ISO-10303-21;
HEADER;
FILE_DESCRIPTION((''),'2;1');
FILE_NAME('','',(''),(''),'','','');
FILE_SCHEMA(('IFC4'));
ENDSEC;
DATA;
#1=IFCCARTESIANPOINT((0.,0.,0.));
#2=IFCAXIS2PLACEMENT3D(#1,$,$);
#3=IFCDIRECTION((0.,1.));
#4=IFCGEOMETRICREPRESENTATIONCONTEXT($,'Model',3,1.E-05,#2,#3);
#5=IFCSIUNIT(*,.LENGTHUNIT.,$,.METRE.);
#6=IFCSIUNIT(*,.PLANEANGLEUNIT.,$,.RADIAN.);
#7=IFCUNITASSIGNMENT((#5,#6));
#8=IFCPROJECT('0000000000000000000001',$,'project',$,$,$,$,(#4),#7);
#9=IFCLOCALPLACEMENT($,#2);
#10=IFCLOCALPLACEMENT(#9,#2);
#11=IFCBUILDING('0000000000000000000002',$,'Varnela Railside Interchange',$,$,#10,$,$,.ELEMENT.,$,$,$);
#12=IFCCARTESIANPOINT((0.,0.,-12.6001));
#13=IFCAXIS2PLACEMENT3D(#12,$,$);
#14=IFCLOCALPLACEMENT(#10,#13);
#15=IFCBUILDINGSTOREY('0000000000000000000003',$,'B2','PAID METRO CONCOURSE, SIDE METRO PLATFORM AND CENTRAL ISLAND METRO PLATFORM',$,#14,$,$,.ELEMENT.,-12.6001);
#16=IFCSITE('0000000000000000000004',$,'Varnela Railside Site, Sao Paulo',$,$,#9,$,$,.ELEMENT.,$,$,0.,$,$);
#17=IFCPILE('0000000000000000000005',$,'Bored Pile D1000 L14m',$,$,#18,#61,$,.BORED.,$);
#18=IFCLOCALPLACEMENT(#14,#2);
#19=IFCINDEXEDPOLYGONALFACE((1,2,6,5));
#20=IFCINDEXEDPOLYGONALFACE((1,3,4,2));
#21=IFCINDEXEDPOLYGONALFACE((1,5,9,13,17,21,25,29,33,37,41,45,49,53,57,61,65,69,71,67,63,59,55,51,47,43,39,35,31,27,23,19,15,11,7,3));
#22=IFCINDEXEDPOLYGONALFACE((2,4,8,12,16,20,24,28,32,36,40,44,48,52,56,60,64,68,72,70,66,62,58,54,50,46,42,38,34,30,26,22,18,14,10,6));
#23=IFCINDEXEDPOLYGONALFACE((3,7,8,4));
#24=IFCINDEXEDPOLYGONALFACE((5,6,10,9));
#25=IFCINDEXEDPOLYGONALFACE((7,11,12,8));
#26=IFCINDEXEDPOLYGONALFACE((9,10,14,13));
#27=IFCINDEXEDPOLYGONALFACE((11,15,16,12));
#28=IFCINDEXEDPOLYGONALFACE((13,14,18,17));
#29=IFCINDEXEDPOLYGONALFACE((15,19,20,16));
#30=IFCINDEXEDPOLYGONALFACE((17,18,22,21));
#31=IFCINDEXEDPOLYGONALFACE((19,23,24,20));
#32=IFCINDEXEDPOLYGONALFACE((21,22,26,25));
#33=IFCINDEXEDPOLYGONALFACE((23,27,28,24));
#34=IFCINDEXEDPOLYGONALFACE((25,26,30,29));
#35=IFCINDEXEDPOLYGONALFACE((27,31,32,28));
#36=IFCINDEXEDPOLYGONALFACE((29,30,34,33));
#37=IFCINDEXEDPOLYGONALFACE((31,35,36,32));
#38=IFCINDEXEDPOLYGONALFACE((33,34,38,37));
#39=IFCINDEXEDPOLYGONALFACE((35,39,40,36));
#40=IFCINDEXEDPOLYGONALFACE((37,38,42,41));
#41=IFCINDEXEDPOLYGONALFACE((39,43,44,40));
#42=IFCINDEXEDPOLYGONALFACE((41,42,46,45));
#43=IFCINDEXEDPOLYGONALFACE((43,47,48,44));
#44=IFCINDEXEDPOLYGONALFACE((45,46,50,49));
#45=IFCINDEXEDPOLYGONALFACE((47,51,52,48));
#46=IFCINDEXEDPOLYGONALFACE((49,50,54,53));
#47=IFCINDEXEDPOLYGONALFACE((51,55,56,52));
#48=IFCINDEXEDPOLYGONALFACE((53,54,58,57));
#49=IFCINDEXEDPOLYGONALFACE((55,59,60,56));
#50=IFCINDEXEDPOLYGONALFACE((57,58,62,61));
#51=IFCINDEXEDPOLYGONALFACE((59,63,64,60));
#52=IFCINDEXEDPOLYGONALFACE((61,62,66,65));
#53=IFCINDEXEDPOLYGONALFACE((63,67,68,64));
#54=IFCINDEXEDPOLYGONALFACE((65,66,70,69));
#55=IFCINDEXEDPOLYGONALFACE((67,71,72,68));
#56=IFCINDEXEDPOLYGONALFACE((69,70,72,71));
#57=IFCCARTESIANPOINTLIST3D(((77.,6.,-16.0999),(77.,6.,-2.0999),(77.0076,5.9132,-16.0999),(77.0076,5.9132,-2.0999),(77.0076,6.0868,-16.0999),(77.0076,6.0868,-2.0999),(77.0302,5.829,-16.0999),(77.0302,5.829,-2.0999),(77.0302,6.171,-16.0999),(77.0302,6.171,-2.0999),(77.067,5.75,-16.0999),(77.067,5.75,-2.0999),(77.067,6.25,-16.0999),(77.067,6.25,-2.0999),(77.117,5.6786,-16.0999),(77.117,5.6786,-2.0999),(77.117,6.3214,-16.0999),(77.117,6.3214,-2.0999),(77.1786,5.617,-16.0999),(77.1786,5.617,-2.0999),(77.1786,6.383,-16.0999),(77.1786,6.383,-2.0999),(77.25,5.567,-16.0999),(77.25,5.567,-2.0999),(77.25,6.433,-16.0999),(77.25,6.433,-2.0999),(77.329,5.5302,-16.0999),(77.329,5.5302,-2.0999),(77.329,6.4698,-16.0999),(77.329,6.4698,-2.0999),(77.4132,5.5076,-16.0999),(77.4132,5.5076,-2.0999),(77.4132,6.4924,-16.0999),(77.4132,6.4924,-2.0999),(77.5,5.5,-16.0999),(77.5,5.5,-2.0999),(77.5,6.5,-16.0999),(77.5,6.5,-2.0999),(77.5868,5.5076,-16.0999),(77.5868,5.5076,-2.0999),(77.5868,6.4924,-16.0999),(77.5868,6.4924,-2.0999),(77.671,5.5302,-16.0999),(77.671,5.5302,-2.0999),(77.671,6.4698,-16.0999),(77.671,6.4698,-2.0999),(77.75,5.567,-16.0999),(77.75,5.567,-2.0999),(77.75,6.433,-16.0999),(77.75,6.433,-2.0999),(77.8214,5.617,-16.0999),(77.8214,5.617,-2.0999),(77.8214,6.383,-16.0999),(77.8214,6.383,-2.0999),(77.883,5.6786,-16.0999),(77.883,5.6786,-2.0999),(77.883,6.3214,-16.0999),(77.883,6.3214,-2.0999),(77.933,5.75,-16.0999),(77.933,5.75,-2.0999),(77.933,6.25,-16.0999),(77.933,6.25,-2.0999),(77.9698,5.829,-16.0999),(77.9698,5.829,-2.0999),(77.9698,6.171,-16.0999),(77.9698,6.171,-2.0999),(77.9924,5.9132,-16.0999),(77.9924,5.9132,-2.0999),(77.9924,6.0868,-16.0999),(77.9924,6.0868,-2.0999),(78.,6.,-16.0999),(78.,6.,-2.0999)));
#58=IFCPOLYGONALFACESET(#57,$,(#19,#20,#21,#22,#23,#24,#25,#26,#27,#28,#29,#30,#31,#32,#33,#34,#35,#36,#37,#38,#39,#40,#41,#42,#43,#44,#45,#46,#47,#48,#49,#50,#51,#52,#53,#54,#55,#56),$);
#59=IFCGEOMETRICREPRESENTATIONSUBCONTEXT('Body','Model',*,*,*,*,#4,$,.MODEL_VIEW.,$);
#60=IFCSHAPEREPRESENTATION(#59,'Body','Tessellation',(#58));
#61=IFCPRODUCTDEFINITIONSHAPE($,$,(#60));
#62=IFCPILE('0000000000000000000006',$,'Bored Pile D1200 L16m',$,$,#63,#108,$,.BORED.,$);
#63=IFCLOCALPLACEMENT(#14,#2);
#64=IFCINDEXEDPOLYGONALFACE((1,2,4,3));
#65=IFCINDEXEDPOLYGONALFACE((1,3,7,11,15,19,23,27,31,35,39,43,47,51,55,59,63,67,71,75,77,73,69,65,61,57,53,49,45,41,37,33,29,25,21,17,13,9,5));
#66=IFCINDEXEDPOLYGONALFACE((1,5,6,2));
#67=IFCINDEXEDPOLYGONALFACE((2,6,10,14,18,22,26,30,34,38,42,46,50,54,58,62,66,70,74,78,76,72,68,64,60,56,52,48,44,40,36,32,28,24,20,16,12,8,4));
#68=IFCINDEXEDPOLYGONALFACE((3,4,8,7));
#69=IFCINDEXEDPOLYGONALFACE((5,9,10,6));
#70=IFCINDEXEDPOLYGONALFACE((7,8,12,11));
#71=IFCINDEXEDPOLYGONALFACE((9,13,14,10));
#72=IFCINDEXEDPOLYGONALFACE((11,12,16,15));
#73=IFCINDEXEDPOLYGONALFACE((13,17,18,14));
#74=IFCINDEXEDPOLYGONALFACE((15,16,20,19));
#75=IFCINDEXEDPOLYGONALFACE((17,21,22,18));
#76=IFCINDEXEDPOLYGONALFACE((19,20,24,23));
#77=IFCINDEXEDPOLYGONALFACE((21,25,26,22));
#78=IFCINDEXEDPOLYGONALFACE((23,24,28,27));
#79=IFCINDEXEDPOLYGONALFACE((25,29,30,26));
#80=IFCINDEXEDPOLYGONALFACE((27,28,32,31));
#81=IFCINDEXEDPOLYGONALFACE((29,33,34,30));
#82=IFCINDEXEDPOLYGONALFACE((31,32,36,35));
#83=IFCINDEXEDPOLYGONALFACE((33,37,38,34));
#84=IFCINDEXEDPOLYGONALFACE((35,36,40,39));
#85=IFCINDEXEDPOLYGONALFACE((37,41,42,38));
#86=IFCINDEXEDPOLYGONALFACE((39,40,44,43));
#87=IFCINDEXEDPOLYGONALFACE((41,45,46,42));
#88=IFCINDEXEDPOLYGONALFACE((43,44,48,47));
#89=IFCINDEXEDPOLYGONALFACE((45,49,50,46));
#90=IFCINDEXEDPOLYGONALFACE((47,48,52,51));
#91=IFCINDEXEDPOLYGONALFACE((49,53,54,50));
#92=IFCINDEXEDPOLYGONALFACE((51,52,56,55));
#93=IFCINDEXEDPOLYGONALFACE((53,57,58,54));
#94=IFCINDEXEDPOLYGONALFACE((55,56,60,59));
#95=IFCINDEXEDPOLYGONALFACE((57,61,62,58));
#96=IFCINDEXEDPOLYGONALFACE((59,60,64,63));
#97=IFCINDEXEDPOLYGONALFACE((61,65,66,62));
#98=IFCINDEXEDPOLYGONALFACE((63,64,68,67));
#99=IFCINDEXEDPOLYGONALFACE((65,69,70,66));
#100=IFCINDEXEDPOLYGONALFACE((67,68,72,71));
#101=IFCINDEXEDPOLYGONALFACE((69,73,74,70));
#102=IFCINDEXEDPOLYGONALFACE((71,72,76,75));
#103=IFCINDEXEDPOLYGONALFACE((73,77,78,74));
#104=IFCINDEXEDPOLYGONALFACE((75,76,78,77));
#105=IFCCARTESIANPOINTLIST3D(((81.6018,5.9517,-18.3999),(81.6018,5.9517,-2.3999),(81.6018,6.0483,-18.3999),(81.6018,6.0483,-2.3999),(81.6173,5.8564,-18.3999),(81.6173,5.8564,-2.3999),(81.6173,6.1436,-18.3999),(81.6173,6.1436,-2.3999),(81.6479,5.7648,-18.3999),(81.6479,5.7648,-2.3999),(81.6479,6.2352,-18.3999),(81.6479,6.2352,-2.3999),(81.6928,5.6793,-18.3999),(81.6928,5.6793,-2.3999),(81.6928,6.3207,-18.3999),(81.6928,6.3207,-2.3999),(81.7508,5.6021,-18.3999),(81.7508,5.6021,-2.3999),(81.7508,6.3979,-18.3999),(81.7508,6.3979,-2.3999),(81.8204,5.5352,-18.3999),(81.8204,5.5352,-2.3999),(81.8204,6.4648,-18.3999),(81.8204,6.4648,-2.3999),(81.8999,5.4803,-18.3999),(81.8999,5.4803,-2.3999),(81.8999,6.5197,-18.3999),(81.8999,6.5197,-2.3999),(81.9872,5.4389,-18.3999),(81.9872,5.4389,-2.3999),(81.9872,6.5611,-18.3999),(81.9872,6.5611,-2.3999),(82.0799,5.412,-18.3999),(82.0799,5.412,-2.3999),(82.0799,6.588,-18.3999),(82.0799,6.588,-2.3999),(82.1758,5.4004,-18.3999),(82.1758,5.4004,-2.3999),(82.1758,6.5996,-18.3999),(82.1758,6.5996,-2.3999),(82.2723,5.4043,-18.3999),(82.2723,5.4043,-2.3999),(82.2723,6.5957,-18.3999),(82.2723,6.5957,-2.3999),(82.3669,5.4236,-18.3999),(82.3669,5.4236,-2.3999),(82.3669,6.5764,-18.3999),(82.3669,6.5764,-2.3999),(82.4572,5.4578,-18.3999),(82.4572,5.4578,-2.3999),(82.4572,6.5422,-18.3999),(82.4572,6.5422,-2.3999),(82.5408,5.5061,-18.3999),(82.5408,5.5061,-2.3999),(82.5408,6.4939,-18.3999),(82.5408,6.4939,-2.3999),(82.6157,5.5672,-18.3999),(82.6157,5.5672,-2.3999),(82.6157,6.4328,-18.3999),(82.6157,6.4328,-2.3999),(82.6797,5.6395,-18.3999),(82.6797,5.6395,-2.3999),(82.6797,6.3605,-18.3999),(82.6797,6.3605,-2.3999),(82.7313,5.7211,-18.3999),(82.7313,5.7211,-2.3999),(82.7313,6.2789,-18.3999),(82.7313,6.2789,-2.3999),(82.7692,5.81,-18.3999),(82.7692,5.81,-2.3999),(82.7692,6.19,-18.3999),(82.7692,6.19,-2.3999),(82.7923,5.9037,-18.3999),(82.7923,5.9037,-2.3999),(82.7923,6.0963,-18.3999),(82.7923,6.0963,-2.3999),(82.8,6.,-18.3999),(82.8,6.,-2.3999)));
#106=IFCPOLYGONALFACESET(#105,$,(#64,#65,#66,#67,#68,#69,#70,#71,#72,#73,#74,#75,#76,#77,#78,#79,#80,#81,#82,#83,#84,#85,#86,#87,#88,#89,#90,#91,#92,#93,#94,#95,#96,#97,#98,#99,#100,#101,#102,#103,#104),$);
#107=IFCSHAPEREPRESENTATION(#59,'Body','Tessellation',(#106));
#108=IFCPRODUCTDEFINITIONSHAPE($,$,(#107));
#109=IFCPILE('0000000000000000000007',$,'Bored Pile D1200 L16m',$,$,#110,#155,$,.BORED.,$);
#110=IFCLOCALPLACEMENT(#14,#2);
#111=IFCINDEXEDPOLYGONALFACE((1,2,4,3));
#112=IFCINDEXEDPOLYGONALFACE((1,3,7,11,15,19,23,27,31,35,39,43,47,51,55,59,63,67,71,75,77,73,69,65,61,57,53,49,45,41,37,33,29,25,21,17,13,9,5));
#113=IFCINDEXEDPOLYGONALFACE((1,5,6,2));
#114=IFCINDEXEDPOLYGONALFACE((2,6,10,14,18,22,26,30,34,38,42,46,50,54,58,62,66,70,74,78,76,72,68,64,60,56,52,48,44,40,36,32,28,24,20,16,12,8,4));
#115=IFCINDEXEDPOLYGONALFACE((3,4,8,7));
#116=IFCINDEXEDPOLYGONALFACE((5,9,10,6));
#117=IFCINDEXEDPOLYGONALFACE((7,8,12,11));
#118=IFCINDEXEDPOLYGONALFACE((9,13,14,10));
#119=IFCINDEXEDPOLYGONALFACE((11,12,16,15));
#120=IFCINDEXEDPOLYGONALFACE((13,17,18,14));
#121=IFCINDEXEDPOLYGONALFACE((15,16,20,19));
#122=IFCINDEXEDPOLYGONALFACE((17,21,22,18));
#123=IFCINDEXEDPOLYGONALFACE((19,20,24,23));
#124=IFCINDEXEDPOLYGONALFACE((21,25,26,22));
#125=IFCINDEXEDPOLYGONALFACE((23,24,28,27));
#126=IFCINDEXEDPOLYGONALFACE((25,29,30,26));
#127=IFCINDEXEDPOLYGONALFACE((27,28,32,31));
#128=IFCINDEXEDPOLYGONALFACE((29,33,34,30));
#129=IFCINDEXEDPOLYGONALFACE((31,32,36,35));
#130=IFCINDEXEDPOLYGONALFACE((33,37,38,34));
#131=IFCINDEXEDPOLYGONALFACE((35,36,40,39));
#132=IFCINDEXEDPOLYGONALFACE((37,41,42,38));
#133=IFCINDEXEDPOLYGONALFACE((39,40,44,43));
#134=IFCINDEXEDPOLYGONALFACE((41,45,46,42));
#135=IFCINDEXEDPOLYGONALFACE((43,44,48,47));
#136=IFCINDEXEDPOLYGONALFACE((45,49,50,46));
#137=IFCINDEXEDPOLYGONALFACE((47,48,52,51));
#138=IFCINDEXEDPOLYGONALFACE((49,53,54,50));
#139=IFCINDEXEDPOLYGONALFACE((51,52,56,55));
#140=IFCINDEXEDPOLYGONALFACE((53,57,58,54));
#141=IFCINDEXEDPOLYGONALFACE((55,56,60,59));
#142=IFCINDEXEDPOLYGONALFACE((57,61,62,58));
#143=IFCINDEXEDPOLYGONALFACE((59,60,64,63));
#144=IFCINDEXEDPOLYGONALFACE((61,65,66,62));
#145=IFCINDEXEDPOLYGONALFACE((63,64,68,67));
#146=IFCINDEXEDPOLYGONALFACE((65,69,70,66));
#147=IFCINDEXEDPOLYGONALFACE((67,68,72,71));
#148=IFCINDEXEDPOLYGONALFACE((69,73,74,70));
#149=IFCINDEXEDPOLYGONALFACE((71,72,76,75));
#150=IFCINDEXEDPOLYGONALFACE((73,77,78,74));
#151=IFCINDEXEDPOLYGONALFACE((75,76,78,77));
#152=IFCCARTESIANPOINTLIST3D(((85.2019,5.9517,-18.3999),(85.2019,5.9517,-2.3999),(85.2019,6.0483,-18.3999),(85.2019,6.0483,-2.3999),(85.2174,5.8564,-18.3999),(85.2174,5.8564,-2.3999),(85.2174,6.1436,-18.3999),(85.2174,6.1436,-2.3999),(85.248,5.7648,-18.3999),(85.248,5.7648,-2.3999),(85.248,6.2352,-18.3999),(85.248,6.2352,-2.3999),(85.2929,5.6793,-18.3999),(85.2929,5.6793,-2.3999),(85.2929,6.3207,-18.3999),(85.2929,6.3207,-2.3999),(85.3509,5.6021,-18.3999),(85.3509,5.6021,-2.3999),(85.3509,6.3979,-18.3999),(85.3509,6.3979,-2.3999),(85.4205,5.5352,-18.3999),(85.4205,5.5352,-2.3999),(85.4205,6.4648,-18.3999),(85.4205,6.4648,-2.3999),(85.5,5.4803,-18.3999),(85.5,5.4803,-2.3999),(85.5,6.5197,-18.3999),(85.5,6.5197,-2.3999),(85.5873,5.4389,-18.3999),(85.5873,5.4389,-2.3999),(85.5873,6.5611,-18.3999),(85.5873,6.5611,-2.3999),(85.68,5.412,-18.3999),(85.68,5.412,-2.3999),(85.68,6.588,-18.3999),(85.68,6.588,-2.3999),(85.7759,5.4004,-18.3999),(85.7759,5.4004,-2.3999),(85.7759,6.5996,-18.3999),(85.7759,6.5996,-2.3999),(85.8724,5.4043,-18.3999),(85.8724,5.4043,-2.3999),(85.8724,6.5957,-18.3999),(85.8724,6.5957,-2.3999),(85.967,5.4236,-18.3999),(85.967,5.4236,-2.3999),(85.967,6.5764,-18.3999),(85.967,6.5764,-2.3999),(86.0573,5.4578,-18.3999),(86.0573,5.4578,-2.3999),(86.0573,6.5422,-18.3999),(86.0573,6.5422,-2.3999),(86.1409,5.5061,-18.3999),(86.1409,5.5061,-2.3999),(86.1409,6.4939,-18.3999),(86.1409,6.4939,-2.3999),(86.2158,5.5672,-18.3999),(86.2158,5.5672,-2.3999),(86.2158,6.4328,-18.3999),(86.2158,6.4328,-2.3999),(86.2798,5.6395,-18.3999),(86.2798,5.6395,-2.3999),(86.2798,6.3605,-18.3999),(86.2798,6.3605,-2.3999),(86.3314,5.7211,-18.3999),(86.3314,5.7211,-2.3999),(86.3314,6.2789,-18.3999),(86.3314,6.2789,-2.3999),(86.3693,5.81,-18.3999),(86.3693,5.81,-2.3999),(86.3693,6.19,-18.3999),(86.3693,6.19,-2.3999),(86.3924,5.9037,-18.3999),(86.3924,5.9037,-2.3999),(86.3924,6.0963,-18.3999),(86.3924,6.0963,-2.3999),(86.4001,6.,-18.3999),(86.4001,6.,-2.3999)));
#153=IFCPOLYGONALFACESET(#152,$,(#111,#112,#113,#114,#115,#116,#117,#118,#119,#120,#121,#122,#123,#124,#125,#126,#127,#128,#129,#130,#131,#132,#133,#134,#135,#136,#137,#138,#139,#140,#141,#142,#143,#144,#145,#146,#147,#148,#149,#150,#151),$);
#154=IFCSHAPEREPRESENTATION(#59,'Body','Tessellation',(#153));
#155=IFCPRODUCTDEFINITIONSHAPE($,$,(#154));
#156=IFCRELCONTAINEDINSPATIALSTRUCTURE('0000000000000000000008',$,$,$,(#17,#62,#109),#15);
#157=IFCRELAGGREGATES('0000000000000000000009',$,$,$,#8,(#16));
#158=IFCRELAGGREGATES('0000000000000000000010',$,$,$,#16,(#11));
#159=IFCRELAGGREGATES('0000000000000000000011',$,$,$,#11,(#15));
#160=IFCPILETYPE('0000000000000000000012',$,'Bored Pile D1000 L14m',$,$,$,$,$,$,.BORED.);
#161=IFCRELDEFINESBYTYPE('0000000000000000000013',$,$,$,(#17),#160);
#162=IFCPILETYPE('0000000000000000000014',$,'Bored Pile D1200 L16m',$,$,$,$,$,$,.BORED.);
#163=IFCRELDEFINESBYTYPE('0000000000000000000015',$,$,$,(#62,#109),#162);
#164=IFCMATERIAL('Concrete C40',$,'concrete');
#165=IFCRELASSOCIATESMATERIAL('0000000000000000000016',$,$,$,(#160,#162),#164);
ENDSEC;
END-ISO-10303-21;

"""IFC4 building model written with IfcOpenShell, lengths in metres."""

from ifc_helpers import new_model, si_unit, direction, frame, origin, origin_2d, place, context, subcontext, project, spatial, circle, extrude, material, material_profile, profile_set, type_object, element, save


model = new_model("IFC4")

# Units and contexts
model_context = context("Model", 3, precision=1e-05, world=origin(), true_north=direction((0.0, 1.0)))
body_context = subcontext(model_context, "Body", "Model", "MODEL_VIEW")
ifc_project = project(units=[si_unit("LENGTHUNIT", "METRE"), si_unit("PLANEANGLEUNIT", "RADIAN")], contexts=[model_context])

# Site, building, storey
site_placement = place(None, origin())
site = spatial("IfcSite", under=ifc_project, at=site_placement, Name="Varnela Railside Site, Sao Paulo", CompositionType="ELEMENT", RefElevation=0.0)
building_placement = place(site_placement, origin())
building = spatial("IfcBuilding", under=site, at=building_placement, Name="Varnela Railside Interchange", CompositionType="ELEMENT")
storey_placement = place(building_placement, frame((0.0, 0.0, -12.6001)))
storey = spatial("IfcBuildingStorey", under=building, at=storey_placement, Name="B2", Description="PAID METRO CONCOURSE, SIDE METRO PLATFORM AND CENTRAL ISLAND METRO PLATFORM", CompositionType="ELEMENT", Elevation=-12.6001)

# Piles
ifc_material_1 = material(Name="Concrete C40", Category="concrete")
ifc_material_profile_1 = material_profile(ifc_material_1, circle(Radius=0.5, at=origin_2d()), Name="BORED PILE D1000")
ifc_profile_set_1 = profile_set([ifc_material_profile_1], Name="Concrete C40")
pile_type_1 = type_object("IfcPileType", Name="Bored Pile D1000 L14m", PredefinedType="BORED", material=ifc_profile_set_1)
pile_placement = place(storey_placement, frame((77.5, 6.0, -2.0999), z_axis=(0.0, 0.0, -1.0), x_axis=(1.0, 0.0, 0.0)))
element("IfcPile", 1, at=pile_placement, inside=storey, type_object=pile_type_1, Name="Bored Pile D1000 L14m", PredefinedType="BORED", context=body_context, shape_type="SweptSolid", body=[
    extrude(circle(Radius=0.5, at=origin_2d()), origin(), (0.0, 0.0, 1.0), 14.0),
])
ifc_material_profile_2 = material_profile(ifc_material_1, circle(Radius=0.6001, at=origin_2d()), Name="BORED PILE D1200")
ifc_profile_set_2 = profile_set([ifc_material_profile_2], Name="Concrete C40")
pile_type_2 = type_object("IfcPileType", Name="Bored Pile D1200 L16m", PredefinedType="BORED", material=ifc_profile_set_2)
for number, where, z_axis, x_axis, name in (
    (2, (82.2, 6.0, -2.3999), (0.0, 0.0, -1.0), (1.0, 0.0, 0.0), "Bored Pile D1200 L16m"),
    (3, (85.8, 6.0, -2.3999), (0.0, 0.0, -1.0), (1.0, 0.0, 0.0), "Bored Pile D1200 L16m"),
):
    element("IfcPile", number, at=place(storey_placement, frame(where, z_axis=z_axis, x_axis=x_axis)), inside=storey, type_object=pile_type_2, Name=name, PredefinedType="BORED", context=body_context, shape_type="SweptSolid", body=[
        extrude(circle(Radius=0.6001, at=origin_2d()), origin(), (0.0, 0.0, 1.0), 16.0),
    ])

save(model, "model.ifc")
